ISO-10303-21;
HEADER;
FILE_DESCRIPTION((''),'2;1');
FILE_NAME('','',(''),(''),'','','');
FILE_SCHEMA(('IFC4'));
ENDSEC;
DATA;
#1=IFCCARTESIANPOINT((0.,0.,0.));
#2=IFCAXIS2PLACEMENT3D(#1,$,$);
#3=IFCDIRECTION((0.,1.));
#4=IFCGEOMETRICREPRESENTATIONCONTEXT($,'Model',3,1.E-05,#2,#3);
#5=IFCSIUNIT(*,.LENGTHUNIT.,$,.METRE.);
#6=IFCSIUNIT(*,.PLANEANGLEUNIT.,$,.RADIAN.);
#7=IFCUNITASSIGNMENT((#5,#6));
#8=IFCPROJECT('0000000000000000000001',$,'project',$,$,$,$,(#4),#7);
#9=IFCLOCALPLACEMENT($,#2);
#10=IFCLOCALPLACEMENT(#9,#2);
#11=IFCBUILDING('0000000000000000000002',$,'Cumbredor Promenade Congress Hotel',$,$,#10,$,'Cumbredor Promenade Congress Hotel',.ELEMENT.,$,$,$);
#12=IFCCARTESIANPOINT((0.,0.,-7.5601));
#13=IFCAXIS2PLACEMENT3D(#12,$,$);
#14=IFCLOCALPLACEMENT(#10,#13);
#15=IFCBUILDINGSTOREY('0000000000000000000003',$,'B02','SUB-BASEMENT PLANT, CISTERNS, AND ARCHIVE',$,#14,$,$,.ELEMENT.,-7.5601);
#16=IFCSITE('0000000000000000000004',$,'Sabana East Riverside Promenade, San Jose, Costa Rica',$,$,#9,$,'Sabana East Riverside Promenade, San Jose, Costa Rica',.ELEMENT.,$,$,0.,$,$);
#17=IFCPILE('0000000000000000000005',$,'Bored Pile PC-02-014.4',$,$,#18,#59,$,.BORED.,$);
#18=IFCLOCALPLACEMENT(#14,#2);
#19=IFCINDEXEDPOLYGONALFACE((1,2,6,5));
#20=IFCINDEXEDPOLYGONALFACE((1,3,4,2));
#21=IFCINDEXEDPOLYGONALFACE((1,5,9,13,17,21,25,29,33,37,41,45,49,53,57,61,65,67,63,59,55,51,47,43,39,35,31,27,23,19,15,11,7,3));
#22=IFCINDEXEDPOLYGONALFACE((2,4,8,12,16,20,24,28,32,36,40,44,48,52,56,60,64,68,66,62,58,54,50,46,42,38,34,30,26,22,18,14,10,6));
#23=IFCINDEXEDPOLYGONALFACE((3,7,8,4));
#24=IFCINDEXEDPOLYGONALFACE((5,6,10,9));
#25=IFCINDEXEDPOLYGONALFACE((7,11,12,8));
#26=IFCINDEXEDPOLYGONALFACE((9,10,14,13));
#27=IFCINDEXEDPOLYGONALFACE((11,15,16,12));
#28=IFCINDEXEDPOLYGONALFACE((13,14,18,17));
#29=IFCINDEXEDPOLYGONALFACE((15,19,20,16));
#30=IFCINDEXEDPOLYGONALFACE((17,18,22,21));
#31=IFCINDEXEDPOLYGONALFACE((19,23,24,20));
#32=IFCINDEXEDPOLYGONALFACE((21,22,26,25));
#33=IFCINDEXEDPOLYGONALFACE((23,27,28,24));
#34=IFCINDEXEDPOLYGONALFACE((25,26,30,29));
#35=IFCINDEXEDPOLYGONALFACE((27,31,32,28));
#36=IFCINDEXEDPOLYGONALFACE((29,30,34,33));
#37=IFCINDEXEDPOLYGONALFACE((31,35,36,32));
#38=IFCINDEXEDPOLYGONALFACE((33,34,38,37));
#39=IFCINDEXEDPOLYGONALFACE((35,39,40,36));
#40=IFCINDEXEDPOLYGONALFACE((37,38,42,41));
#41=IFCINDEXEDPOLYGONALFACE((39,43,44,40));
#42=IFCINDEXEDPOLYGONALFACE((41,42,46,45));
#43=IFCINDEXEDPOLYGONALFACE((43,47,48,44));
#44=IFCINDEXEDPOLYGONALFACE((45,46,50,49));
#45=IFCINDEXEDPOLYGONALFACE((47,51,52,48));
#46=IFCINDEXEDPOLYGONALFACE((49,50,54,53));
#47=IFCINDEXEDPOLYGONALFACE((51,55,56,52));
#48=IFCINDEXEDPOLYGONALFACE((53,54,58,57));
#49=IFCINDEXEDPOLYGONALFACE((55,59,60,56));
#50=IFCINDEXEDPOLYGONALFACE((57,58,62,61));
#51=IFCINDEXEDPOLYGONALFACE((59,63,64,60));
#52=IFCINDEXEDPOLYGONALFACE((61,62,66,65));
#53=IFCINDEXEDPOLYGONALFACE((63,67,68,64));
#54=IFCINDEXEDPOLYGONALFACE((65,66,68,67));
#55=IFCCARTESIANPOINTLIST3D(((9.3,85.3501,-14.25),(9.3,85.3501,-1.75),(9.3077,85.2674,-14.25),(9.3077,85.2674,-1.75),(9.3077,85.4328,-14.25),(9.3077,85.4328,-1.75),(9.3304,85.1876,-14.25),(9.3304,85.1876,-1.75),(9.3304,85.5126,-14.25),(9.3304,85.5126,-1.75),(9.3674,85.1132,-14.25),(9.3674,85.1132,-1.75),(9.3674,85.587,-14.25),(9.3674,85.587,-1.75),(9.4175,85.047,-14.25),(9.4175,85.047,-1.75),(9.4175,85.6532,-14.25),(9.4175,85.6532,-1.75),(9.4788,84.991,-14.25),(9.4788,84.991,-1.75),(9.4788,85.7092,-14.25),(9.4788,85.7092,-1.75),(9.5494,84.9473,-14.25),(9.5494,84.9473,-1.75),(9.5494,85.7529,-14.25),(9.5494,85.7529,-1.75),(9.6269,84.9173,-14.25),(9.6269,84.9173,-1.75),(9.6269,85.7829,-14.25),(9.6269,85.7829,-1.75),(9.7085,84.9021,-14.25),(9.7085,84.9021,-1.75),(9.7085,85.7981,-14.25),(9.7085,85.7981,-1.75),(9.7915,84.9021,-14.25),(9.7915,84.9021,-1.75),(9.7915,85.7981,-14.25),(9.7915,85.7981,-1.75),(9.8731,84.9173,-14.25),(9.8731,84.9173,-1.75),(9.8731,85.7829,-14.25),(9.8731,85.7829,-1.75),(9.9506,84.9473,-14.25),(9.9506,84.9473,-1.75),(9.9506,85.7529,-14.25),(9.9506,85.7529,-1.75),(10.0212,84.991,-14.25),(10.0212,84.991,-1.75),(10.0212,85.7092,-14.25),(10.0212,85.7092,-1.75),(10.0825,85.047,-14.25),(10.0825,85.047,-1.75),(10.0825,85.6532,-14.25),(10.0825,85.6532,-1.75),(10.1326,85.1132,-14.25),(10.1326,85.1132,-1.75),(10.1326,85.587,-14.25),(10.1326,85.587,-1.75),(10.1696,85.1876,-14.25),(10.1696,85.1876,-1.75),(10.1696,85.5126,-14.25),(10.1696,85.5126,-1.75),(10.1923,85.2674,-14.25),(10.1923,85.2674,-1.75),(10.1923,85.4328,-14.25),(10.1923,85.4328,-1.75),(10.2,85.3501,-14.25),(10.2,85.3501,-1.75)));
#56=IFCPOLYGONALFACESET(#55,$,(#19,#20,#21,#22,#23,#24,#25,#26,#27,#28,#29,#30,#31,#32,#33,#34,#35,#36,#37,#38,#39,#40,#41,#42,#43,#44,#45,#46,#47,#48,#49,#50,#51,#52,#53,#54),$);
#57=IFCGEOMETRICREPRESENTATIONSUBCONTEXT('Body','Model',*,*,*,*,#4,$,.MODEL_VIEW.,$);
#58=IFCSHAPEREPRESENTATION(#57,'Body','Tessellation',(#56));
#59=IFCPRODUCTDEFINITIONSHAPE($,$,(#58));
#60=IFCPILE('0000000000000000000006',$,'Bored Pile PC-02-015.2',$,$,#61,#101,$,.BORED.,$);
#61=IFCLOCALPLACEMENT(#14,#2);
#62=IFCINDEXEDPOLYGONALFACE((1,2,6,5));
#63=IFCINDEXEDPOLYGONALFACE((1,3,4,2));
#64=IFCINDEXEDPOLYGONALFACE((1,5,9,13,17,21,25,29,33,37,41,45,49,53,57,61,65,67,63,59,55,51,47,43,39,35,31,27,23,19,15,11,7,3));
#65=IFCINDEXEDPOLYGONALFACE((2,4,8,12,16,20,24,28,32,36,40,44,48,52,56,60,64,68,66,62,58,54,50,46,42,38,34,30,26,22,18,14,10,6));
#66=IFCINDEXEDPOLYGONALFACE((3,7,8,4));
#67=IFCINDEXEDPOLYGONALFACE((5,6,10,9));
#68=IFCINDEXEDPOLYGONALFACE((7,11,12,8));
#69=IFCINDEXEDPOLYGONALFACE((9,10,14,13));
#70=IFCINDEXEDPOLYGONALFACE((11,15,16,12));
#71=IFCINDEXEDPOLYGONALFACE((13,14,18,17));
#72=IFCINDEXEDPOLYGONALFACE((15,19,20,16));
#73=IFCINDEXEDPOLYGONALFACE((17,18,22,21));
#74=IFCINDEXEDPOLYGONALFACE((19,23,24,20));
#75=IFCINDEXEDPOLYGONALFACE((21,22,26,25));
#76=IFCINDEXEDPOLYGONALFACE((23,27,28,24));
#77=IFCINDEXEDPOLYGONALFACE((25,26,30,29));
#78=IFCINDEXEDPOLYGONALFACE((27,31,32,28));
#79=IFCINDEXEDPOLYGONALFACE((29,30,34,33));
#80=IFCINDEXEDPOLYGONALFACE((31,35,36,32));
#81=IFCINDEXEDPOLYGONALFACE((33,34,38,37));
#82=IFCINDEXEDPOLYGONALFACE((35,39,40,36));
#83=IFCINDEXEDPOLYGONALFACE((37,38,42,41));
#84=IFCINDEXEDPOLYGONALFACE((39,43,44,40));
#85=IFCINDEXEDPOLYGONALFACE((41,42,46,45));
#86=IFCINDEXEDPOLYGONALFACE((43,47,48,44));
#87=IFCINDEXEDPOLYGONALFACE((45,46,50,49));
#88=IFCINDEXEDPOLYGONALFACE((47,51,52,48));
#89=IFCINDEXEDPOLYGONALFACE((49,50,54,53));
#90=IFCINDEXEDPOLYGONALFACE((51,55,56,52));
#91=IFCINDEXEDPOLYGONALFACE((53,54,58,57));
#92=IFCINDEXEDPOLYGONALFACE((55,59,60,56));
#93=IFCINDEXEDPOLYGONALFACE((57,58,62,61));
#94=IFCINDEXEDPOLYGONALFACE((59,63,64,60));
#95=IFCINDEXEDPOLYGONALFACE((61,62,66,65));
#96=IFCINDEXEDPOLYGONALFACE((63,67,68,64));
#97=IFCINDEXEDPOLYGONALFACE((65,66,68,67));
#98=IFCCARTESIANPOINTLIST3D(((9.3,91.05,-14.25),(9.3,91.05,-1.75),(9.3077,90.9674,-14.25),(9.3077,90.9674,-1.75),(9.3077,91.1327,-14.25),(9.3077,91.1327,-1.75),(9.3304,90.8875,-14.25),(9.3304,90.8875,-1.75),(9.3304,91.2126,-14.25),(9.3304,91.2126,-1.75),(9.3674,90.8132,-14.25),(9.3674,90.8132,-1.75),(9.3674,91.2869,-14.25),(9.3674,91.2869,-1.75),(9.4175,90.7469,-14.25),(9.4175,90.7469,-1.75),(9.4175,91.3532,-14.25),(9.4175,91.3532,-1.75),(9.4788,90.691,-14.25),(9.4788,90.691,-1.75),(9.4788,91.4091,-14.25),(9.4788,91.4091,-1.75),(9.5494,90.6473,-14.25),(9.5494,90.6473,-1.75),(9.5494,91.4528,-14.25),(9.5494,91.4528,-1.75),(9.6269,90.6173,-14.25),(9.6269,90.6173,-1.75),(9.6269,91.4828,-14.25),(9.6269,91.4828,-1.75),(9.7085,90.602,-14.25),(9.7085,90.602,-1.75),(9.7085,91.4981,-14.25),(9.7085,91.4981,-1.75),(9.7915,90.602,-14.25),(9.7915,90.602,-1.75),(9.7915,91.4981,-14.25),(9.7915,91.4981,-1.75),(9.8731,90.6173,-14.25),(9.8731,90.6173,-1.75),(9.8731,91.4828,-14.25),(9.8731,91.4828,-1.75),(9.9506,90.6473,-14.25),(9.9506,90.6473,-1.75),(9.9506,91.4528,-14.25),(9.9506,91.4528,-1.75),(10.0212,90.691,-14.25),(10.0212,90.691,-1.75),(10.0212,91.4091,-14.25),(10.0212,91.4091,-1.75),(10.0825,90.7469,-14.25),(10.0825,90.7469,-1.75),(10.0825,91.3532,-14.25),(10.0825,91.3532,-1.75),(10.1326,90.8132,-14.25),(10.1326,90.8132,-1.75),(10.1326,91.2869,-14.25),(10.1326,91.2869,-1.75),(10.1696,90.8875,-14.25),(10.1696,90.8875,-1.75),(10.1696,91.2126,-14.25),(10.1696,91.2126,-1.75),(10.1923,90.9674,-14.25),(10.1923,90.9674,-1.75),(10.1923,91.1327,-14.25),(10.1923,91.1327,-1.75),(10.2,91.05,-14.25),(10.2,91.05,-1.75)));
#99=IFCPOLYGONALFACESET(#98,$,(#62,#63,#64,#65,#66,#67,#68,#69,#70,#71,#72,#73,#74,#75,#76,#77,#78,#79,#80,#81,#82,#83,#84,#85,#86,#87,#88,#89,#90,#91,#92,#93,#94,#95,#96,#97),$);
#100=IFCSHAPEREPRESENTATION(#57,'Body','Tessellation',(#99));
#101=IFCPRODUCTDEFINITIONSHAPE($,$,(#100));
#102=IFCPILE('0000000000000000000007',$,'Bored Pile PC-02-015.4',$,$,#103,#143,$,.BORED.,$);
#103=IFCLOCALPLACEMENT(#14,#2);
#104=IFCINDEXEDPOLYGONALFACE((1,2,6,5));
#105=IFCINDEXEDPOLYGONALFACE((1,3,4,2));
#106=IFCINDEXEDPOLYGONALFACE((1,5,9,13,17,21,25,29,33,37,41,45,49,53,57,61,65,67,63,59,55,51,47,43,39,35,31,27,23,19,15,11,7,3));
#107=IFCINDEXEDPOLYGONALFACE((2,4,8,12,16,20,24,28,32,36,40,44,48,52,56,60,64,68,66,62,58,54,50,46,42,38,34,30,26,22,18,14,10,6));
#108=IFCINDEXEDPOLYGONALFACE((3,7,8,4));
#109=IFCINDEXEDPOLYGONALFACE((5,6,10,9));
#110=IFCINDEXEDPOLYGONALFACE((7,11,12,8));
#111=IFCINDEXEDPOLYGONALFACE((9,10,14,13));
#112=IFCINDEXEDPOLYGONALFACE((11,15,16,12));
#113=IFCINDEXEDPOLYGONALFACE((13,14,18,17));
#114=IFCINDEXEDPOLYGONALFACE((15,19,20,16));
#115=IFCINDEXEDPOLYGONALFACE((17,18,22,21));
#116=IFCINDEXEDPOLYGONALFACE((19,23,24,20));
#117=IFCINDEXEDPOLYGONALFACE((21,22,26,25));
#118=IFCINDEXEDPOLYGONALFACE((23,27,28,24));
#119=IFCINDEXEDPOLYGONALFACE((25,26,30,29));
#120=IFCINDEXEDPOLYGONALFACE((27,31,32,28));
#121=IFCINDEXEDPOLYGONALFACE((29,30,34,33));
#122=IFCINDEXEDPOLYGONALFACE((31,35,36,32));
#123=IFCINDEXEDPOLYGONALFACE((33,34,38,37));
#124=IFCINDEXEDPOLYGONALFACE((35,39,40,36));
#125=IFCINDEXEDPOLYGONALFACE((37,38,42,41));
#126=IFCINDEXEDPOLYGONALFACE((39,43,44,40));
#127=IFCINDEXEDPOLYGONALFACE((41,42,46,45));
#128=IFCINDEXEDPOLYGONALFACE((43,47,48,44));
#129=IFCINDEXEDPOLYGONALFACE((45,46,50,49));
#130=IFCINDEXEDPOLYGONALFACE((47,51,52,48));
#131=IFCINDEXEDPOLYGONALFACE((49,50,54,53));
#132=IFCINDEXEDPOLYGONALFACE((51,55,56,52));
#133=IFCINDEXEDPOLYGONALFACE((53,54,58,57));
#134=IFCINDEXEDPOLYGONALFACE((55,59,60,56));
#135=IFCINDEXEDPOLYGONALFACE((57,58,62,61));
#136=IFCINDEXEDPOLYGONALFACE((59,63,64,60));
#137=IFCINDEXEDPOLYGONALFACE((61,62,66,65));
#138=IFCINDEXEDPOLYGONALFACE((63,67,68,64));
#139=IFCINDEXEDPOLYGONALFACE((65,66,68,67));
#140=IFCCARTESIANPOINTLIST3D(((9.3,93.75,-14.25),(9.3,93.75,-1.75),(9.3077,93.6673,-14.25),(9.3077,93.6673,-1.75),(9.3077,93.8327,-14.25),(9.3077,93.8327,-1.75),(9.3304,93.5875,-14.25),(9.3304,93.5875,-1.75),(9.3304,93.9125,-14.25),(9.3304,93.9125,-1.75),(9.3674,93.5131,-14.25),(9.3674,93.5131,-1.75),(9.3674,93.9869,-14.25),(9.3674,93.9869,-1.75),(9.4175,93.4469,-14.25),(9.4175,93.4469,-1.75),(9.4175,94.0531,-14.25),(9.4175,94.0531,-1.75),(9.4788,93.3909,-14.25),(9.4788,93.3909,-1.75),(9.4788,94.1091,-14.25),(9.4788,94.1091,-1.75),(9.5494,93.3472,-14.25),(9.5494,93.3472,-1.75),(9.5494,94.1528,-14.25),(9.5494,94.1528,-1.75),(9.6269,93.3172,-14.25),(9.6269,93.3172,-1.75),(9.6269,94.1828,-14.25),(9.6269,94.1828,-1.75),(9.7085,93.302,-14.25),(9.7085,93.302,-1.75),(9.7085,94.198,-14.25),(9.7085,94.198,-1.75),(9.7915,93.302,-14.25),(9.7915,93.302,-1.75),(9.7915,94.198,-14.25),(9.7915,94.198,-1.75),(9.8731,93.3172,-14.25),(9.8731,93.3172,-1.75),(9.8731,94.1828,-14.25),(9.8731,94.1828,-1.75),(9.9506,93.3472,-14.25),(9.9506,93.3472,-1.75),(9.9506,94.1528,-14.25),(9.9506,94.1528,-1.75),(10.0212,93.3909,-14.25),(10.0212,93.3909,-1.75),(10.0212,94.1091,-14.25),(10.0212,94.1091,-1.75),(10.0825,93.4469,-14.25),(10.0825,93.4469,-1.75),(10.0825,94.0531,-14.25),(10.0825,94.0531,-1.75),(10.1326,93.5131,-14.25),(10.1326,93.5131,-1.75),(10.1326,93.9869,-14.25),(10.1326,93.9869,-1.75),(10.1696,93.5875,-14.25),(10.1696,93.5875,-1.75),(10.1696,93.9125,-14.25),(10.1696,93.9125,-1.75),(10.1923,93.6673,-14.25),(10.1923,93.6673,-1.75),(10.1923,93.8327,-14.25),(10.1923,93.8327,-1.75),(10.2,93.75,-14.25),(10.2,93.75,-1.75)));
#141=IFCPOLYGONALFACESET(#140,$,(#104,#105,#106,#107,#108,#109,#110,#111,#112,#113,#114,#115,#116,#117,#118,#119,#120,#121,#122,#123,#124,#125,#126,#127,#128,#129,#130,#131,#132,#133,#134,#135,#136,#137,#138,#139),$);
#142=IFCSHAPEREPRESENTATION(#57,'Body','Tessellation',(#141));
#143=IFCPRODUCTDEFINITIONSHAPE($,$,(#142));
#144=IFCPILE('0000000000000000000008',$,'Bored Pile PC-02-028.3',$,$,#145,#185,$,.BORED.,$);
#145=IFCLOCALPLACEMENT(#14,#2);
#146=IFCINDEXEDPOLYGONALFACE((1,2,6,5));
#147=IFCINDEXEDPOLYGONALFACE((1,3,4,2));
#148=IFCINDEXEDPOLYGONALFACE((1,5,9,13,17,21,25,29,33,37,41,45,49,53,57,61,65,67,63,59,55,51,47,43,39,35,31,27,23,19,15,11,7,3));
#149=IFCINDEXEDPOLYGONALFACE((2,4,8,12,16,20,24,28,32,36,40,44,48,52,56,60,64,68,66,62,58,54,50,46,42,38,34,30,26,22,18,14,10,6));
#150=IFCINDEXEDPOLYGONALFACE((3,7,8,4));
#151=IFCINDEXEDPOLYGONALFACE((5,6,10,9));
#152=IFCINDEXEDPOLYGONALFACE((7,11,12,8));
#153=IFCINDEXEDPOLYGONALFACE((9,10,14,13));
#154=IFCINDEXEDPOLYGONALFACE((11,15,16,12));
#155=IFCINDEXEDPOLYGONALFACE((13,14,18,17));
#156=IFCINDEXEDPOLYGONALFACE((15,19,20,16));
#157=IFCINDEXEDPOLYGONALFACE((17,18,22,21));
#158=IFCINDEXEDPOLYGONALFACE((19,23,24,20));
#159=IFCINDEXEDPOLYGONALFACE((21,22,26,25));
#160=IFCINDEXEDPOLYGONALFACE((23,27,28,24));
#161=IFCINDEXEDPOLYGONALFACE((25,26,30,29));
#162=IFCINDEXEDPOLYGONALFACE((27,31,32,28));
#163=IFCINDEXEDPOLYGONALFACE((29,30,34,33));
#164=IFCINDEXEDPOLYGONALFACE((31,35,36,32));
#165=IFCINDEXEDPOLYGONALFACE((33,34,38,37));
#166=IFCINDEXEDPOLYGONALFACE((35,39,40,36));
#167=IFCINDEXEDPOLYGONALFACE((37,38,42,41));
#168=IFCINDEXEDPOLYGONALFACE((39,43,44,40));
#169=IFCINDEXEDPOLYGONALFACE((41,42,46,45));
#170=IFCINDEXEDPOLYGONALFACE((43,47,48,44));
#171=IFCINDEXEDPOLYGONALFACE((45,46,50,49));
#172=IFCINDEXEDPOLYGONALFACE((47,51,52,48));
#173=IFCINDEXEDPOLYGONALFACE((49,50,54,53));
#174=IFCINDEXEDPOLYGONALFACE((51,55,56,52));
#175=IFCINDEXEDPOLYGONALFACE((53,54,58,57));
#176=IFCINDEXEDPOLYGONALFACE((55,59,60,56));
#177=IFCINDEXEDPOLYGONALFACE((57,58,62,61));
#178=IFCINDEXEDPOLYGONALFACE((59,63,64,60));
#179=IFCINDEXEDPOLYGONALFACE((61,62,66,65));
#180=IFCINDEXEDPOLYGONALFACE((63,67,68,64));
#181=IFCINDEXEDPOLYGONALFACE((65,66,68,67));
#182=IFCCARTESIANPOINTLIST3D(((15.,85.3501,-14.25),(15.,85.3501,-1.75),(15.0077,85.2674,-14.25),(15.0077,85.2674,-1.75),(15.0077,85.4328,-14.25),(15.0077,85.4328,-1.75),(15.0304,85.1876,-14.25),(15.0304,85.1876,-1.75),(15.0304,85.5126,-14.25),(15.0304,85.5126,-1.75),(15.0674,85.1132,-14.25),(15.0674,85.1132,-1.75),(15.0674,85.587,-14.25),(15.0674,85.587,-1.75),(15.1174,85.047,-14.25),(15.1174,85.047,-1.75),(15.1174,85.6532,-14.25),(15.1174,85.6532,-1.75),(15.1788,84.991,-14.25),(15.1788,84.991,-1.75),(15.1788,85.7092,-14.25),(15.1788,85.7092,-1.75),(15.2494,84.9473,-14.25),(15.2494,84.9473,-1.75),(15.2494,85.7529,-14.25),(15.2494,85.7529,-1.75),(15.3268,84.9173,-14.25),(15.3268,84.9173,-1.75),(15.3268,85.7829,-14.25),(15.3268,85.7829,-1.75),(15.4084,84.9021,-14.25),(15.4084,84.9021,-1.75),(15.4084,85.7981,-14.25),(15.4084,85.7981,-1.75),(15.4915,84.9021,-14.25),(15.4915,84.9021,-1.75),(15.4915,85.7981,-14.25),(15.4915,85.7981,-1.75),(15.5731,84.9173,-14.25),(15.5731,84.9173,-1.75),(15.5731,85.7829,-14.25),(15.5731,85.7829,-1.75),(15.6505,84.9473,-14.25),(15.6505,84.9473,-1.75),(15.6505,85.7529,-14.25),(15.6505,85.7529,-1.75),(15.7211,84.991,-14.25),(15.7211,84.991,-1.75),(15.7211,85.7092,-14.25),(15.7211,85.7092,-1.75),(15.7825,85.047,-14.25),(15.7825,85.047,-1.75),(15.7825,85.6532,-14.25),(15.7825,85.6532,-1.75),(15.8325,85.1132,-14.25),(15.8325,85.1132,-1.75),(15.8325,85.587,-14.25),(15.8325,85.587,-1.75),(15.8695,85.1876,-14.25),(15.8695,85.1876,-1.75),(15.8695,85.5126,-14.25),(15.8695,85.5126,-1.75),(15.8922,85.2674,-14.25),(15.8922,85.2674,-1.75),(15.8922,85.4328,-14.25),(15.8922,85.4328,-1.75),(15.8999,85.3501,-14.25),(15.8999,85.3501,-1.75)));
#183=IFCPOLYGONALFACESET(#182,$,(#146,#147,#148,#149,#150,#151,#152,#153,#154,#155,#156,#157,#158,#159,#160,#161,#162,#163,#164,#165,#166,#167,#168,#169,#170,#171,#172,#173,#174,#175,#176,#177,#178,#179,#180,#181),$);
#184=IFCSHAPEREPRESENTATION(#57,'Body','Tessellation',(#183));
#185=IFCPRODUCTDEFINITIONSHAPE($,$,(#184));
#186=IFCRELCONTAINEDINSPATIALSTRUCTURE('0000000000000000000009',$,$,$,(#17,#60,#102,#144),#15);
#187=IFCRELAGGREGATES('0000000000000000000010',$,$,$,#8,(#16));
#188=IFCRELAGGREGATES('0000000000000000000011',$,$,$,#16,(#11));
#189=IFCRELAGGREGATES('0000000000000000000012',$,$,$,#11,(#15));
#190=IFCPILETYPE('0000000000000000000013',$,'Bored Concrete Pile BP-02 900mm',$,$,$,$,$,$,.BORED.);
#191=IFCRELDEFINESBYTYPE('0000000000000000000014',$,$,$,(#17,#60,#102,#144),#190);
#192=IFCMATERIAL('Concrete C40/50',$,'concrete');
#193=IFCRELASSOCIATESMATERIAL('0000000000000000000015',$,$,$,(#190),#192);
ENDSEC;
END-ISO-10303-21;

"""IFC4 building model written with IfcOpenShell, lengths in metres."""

from ifc_helpers import new_model, si_unit, direction, frame, origin, origin_2d, place, context, subcontext, project, spatial, circle, extrude, material, material_profile, profile_set, type_object, element, save


model = new_model("IFC4")

# Units and contexts
model_context = context("Model", 3, precision=1e-05, world=origin(), true_north=direction((0.0, 1.0)))
body_context = subcontext(model_context, "Body", "Model", "MODEL_VIEW")
ifc_project = project(units=[si_unit("LENGTHUNIT", "METRE"), si_unit("PLANEANGLEUNIT", "RADIAN")], contexts=[model_context])

# Site, building, storey
site_placement = place(None, origin())
site = spatial("IfcSite", under=ifc_project, at=site_placement, Name="Sabana East Riverside Promenade, San Jose, Costa Rica", LongName="Sabana East Riverside Promenade, San Jose, Costa Rica", CompositionType="ELEMENT", RefElevation=0.0)
building_placement = place(site_placement, origin())
building = spatial("IfcBuilding", under=site, at=building_placement, Name="Cumbredor Promenade Congress Hotel", LongName="Cumbredor Promenade Congress Hotel", CompositionType="ELEMENT")
storey_placement = place(building_placement, frame((0.0, 0.0, -7.5601)))
storey = spatial("IfcBuildingStorey", under=building, at=storey_placement, Name="B02", Description="SUB-BASEMENT PLANT, CISTERNS, AND ARCHIVE", CompositionType="ELEMENT", Elevation=-7.5601)

# Piles
ifc_material_1 = material(Name="Concrete C40/50", Category="concrete")
ifc_material_profile_1 = material_profile(ifc_material_1, circle(Radius=0.45, at=origin_2d()), Name="PILE D900")
ifc_profile_set_1 = profile_set([ifc_material_profile_1], Name="Concrete C40/50")
pile_type = type_object("IfcPileType", Name="Bored Concrete Pile BP-02 900mm", PredefinedType="BORED", material=ifc_profile_set_1)
for number, where, z_axis, x_axis, name in (
    (1, (9.75, 85.3501, -1.75), (0.0, 0.0, -1.0), (1.0, 0.0, 0.0), "Bored Pile PC-02-014.4"),
    (2, (9.75, 91.05, -1.75), (0.0, 0.0, -1.0), (1.0, 0.0, 0.0), "Bored Pile PC-02-015.2"),
    (3, (9.75, 93.75, -1.75), (0.0, 0.0, -1.0), (1.0, 0.0, 0.0), "Bored Pile PC-02-015.4"),
    (4, (15.45, 85.3501, -1.75), (0.0, 0.0, -1.0), (1.0, 0.0, 0.0), "Bored Pile PC-02-028.3"),
):
    element("IfcPile", number, at=place(storey_placement, frame(where, z_axis=z_axis, x_axis=x_axis)), inside=storey, type_object=pile_type, Name=name, PredefinedType="BORED", context=body_context, shape_type="SweptSolid", body=[
        extrude(circle(Radius=0.45, at=origin_2d()), origin(), (0.0, 0.0, 1.0), 12.5),
    ])

save(model, "model.ifc")
